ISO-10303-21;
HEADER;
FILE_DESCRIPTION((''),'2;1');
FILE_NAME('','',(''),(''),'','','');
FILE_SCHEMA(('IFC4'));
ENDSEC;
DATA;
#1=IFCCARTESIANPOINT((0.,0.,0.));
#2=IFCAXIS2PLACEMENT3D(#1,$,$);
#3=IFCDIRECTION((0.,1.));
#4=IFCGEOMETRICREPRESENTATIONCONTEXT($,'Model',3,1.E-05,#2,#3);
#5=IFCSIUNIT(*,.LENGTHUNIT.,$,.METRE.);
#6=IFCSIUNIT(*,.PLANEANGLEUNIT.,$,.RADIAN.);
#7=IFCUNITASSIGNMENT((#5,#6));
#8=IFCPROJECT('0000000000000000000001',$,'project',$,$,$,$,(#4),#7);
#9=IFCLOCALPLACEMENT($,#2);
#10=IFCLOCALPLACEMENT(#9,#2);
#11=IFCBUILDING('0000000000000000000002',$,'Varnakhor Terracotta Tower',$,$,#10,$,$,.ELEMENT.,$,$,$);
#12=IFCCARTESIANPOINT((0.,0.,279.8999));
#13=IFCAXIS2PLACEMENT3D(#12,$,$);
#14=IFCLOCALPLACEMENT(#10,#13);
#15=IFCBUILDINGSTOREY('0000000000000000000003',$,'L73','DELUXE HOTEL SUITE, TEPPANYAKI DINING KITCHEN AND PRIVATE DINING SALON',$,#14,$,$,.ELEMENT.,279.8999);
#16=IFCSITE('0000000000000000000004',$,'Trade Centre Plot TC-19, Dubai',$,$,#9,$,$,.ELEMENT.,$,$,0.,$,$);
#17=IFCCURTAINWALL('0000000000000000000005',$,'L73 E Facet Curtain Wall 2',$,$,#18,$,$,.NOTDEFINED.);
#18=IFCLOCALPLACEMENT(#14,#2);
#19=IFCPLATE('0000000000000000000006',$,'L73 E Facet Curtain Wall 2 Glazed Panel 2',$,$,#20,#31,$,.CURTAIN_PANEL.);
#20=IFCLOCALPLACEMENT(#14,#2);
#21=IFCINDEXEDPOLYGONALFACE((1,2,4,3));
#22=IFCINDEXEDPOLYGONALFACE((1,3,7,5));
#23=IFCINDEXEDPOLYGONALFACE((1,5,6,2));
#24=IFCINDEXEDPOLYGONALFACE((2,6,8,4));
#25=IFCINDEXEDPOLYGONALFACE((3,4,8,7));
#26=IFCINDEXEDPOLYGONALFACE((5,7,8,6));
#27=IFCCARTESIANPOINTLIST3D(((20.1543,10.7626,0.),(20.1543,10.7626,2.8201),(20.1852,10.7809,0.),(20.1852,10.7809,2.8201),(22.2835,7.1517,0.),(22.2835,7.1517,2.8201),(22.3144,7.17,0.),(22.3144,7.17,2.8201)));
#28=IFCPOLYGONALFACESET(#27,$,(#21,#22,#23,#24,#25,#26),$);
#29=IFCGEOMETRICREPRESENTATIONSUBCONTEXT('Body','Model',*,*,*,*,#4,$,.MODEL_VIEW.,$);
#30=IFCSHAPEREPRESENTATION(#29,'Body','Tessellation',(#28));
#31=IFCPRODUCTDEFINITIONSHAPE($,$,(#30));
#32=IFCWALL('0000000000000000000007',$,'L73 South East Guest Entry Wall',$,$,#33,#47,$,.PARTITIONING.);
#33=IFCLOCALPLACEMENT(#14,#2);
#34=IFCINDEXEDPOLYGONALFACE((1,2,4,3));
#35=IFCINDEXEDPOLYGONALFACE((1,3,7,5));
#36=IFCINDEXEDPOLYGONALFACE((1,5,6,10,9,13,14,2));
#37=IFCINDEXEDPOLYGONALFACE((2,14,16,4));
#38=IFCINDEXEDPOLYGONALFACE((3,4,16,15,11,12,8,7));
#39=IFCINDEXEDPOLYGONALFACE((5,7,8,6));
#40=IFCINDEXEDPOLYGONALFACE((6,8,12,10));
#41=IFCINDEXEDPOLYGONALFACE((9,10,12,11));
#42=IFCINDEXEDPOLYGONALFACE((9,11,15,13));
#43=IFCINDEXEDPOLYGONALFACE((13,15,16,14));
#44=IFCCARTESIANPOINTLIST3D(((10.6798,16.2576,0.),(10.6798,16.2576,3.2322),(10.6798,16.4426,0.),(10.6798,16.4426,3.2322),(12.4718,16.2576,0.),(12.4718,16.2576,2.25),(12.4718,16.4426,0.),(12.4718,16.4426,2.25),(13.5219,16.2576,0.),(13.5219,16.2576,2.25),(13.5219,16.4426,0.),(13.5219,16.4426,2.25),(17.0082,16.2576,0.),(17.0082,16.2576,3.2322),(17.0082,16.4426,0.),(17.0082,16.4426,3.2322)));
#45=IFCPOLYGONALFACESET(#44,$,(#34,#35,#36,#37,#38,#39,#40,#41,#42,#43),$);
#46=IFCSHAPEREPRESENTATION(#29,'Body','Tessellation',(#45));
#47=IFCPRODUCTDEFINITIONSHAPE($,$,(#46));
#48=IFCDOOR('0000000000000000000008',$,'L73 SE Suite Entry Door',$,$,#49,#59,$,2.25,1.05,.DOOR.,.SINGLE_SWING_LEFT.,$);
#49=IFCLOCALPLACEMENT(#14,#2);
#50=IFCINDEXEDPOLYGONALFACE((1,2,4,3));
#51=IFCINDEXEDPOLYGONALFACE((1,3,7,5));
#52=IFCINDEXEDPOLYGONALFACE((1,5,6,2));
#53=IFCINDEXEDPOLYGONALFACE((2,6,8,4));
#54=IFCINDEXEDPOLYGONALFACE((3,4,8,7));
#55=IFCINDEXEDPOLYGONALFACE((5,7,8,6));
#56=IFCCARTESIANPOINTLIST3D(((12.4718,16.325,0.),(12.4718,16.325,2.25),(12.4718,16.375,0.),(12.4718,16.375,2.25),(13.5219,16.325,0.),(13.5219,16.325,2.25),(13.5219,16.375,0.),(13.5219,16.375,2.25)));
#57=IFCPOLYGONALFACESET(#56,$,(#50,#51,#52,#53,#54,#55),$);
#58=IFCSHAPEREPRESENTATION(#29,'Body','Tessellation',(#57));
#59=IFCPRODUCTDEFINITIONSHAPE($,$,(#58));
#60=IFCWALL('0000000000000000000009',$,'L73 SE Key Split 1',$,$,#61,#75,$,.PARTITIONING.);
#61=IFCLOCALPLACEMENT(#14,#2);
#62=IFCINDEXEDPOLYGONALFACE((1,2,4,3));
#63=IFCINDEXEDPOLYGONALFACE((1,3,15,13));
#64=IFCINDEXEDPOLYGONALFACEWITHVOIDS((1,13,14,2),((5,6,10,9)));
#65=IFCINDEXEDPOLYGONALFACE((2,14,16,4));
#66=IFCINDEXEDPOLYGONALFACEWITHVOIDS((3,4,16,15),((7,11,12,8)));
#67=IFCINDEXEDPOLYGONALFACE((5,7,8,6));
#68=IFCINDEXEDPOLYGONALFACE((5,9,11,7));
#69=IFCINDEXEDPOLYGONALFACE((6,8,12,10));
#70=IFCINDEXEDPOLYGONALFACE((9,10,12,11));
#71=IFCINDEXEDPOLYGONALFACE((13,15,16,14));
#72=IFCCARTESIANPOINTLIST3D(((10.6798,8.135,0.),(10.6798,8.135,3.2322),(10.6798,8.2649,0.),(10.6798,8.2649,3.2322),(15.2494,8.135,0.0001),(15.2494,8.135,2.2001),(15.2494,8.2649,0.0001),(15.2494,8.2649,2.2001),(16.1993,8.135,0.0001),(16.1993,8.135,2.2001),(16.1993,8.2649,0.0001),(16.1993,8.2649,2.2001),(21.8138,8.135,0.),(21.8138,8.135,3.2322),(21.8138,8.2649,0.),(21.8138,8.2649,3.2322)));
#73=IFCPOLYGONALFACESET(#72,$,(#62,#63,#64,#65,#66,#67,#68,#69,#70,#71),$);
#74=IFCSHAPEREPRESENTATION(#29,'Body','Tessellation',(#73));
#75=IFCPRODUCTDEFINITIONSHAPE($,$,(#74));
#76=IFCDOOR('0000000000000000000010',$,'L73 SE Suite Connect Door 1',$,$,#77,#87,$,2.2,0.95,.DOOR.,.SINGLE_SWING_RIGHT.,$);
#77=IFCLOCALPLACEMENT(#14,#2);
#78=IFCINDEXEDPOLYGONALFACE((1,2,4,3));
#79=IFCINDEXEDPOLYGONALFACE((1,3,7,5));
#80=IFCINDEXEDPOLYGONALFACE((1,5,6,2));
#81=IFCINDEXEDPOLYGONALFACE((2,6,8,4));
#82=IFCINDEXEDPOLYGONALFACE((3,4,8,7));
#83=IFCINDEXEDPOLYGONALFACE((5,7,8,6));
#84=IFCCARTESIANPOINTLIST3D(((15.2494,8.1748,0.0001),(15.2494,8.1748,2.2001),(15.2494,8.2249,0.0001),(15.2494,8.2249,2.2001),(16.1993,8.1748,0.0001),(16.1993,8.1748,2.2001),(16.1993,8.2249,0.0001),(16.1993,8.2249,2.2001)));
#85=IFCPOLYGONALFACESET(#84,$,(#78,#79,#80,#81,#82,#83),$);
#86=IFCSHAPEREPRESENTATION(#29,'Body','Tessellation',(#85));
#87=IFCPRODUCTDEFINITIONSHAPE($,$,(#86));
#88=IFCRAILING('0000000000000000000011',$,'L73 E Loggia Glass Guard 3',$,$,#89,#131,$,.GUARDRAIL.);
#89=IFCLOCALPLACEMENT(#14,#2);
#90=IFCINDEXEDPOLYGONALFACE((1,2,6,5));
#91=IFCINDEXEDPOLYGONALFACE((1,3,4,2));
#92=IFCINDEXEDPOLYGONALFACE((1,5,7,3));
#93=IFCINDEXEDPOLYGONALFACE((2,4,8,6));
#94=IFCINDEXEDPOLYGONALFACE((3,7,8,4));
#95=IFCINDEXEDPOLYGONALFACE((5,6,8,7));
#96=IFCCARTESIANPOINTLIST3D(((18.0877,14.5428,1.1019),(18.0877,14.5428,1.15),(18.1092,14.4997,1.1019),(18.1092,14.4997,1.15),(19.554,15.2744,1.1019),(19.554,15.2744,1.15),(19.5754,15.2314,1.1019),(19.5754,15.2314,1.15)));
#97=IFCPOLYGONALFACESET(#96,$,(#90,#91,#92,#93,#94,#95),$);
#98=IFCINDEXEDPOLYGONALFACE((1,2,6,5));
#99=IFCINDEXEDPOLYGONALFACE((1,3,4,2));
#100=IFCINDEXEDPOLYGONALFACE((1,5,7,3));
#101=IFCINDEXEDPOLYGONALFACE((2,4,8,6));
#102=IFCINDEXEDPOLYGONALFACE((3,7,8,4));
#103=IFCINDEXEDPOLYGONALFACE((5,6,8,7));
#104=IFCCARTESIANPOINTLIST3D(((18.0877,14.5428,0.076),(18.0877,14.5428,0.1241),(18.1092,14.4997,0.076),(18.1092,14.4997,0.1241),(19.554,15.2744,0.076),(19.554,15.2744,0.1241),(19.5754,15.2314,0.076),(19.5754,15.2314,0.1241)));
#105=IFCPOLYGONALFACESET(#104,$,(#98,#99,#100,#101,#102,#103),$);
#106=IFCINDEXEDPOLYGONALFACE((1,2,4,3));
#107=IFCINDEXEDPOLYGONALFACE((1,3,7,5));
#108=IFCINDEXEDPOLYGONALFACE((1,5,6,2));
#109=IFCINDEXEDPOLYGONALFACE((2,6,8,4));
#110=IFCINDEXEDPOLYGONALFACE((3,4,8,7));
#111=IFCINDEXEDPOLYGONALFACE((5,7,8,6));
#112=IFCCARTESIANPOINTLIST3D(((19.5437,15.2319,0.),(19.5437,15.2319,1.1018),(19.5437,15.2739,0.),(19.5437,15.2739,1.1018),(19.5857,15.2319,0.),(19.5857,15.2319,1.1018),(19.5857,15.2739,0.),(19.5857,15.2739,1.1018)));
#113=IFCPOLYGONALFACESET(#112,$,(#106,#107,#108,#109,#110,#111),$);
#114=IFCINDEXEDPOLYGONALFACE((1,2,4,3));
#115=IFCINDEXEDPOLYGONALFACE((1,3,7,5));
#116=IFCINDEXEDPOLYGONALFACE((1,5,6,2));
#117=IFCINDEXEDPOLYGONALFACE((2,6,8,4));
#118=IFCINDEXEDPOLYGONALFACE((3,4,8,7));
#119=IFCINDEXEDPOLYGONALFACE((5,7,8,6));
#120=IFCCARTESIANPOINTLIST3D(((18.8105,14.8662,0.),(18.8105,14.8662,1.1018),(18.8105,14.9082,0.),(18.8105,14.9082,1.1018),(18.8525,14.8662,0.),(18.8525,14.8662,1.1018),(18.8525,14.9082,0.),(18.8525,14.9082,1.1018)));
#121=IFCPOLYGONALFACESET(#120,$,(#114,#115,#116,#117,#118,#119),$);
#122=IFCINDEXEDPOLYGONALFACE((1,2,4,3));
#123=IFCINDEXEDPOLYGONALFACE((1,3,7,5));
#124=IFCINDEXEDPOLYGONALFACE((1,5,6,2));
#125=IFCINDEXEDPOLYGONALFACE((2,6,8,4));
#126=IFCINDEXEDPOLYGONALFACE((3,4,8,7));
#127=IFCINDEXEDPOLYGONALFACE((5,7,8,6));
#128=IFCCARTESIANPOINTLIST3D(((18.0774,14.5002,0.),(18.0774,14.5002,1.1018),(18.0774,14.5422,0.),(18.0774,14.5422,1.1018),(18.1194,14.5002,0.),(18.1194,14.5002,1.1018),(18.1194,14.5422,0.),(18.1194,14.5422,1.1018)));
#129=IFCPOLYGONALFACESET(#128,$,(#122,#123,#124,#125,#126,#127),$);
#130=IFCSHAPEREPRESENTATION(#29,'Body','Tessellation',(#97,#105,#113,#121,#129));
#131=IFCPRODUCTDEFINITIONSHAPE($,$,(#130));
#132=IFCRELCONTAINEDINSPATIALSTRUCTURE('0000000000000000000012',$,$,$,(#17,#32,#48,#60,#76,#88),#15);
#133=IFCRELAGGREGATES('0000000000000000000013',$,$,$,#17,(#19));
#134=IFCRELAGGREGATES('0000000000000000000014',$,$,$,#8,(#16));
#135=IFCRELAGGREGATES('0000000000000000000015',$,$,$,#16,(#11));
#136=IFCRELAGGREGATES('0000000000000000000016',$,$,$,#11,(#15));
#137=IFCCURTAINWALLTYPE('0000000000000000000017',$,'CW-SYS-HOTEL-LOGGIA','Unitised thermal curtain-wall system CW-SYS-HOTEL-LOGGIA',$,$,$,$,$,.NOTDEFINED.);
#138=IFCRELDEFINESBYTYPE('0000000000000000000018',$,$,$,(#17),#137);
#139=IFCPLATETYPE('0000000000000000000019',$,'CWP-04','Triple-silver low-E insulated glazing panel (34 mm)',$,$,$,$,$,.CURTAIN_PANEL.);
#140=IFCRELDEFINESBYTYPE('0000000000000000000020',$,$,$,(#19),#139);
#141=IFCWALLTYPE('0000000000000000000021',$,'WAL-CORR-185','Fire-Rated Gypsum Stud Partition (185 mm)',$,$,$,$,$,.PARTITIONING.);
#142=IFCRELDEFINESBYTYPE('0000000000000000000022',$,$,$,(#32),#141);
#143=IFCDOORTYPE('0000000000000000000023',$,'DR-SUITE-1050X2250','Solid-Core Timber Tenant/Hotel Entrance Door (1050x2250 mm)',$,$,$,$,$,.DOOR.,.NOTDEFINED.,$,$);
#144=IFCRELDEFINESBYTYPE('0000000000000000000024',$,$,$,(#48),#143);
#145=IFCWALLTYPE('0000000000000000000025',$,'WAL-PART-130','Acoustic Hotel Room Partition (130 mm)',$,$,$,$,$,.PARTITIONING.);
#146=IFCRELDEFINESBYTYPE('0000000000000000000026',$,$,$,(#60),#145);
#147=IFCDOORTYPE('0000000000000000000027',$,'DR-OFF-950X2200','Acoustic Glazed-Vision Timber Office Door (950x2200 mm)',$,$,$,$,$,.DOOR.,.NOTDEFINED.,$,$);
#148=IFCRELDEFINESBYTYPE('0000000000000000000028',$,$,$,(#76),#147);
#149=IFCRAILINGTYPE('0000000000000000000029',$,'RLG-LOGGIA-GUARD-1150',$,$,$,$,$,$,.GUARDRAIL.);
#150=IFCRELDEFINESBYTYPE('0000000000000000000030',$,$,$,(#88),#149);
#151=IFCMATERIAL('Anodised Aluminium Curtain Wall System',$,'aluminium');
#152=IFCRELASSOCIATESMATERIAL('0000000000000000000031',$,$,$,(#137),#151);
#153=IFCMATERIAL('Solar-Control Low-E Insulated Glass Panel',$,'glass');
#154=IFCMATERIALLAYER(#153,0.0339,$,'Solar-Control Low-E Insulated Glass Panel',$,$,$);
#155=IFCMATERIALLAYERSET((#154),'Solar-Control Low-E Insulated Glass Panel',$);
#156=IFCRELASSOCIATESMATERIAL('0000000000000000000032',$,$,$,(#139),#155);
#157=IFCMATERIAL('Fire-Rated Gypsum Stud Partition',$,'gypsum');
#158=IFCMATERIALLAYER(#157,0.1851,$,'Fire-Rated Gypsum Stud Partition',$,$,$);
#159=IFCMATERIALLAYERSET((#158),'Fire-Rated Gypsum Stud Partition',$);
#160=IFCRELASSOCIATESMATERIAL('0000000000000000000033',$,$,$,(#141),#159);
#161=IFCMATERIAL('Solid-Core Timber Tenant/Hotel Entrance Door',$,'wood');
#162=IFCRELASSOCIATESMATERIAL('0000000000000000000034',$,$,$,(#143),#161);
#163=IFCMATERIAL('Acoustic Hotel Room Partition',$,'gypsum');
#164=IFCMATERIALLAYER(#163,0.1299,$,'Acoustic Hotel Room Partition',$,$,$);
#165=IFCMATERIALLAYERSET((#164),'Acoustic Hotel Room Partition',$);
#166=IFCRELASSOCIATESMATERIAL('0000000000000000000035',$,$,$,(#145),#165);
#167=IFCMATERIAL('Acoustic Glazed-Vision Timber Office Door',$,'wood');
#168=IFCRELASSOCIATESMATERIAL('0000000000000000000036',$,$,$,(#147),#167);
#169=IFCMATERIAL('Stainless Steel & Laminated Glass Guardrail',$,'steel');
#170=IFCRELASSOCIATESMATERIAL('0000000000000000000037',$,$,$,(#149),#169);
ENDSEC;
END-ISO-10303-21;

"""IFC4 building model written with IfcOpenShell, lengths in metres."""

from ifc_helpers import new_model, si_unit, direction, frame, frame_2d, origin, origin_2d, place, context, subcontext, project, spatial, rectangle, extrude, source, transform, mapped, material, layer, layer_set, type_object, type_shapes, element, fill, aggregate, save


model = new_model("IFC4")

# Units and contexts
model_context = context("Model", 3, precision=1e-05, world=origin(), true_north=direction((0.0, 1.0)))
body_context = subcontext(model_context, "Body", "Model", "MODEL_VIEW")
ifc_project = project(units=[si_unit("LENGTHUNIT", "METRE"), si_unit("PLANEANGLEUNIT", "RADIAN")], contexts=[model_context])

# Site, building, storey
site_placement = place(None, origin())
site = spatial("IfcSite", under=ifc_project, at=site_placement, Name="Trade Centre Plot TC-19, Dubai", CompositionType="ELEMENT", RefElevation=0.0)
building_placement = place(site_placement, origin())
building = spatial("IfcBuilding", under=site, at=building_placement, Name="Varnakhor Terracotta Tower", CompositionType="ELEMENT")
storey_placement = place(building_placement, frame((0.0, 0.0, 279.8999)))
storey = spatial("IfcBuildingStorey", under=building, at=storey_placement, Name="L73", Description="DELUXE HOTEL SUITE, TEPPANYAKI DINING KITCHEN AND PRIVATE DINING SALON", CompositionType="ELEMENT", Elevation=279.8999)

# Curtain wall
ifc_material_1 = material(Name="Anodised Aluminium Curtain Wall System", Category="aluminium")
curtain_wall_type = type_object("IfcCurtainWallType", Name="CW-SYS-HOTEL-LOGGIA", Description="Unitised thermal curtain-wall system CW-SYS-HOTEL-LOGGIA", PredefinedType="NOTDEFINED", material=ifc_material_1)
curtain_wall_placement = place(storey_placement, origin())
curtain_wall = element("IfcCurtainWall", 1, at=curtain_wall_placement, inside=storey, type_object=curtain_wall_type, Name="L73 E Facet Curtain Wall 2", PredefinedType="NOTDEFINED")

# Plate
ifc_material_2 = material(Name="Solar-Control Low-E Insulated Glass Panel", Category="glass")
ifc_layer_1 = layer(ifc_material_2, 0.0339, Name="Solar-Control Low-E Insulated Glass Panel")
ifc_layer_set_1 = layer_set([ifc_layer_1], Name="Solar-Control Low-E Insulated Glass Panel")
plate_type = type_object("IfcPlateType", Name="CWP-04", Description="Triple-silver low-E insulated glazing panel (34 mm)", PredefinedType="CURTAIN_PANEL", material=ifc_layer_set_1)
shared_shape_1 = source(origin(), body_context, "Body", "SweptSolid", [
    extrude(rectangle(XDim=4.1919, YDim=0.0359, at=origin_2d()), origin(), (0.0, 0.0, 1.0), 2.8201),
])
plate_1_placement = place(storey_placement, frame((21.2344, 8.9663, 0.0), z_axis=(0.0, 0.0, 1.0), x_axis=(0.507929, -0.861399, 0.0)))
plate_1 = element("IfcPlate", 2, at=plate_1_placement, type_object=plate_type, Name="L73 E Facet Curtain Wall 2 Glazed Panel 2", PredefinedType="CURTAIN_PANEL", context=body_context, shape_type="MappedRepresentation", body=[
    mapped(shared_shape_1, transform((0.0, 0.0, 0.0), scale=1.0)),
])
aggregate(curtain_wall, [plate_1])

# Walls, openings, doors
ifc_material_3 = material(Name="Fire-Rated Gypsum Stud Partition", Category="gypsum")
ifc_layer_2 = layer(ifc_material_3, 0.1851, Name="Fire-Rated Gypsum Stud Partition")
ifc_layer_set_2 = layer_set([ifc_layer_2], Name="Fire-Rated Gypsum Stud Partition")
wall_type_1 = type_object("IfcWallType", Name="WAL-CORR-185", Description="Fire-Rated Gypsum Stud Partition (185 mm)", PredefinedType="PARTITIONING", material=ifc_layer_set_2)
wall_1_placement = place(storey_placement, frame((10.6799, 16.3501, 0.0), z_axis=(0.0, 0.0, 1.0), x_axis=(1.0, 0.0, 0.0)))
wall_1 = element("IfcWall", 3, at=wall_1_placement, inside=storey, type_object=wall_type_1, Name="L73 South East Guest Entry Wall", PredefinedType="PARTITIONING", context=body_context, shape_type="SweptSolid", body=[
    extrude(rectangle(XDim=6.3284, YDim=0.1851, at=frame_2d((3.1641, 0.0))), origin(), (0.0, 0.0, 1.0), 3.2322),
])
opening_1_placement = place(wall_1_placement, frame((1.792, 0.0, 0.0)))
opening_1 = element("IfcOpeningElement", 4, at=opening_1_placement, cuts=wall_1, PredefinedType="OPENING", context=body_context, shape_type="SweptSolid", body=[
    extrude(rectangle(XDim=1.05, YDim=2.25, at=frame_2d((0.5249, 1.125))), frame((0.0, 0.1025, 0.0), z_axis=(0.0, -1.0, 0.0), x_axis=(1.0, 0.0, 0.0)), (0.0, 0.0, 1.0), 0.2051),
])
ifc_material_4 = material(Name="Solid-Core Timber Tenant/Hotel Entrance Door", Category="wood")
door_type_1 = type_object("IfcDoorType", Name="DR-SUITE-1050X2250", Description="Solid-Core Timber Tenant/Hotel Entrance Door (1050x2250 mm)", OperationType="NOTDEFINED", PredefinedType="DOOR", material=ifc_material_4)
shared_shape_2 = source(origin(), body_context, "Body", "SweptSolid", [
    extrude(rectangle(XDim=1.05, YDim=2.25, at=frame_2d((0.5249, 1.125))), frame((0.0, 0.0249, 0.0), z_axis=(0.0, -1.0, 0.0), x_axis=(1.0, 0.0, 0.0)), (0.0, 0.0, 1.0), 0.05),
])
type_shapes(door_type_1, [shared_shape_2])
door_1_placement = place(opening_1_placement, origin())
door_1 = element("IfcDoor", 5, at=door_1_placement, inside=storey, type_object=door_type_1, Name="L73 SE Suite Entry Door", OperationType="SINGLE_SWING_LEFT", OverallHeight=2.25, OverallWidth=1.05, PredefinedType="DOOR", context=body_context, shape_type="MappedRepresentation", body=[
    mapped(shared_shape_2, transform((0.0, 0.0, 0.0), scale=1.0)),
])
fill(opening_1, door_1)
ifc_material_5 = material(Name="Acoustic Hotel Room Partition", Category="gypsum")
ifc_layer_3 = layer(ifc_material_5, 0.1299, Name="Acoustic Hotel Room Partition")
ifc_layer_set_3 = layer_set([ifc_layer_3], Name="Acoustic Hotel Room Partition")
wall_type_2 = type_object("IfcWallType", Name="WAL-PART-130", Description="Acoustic Hotel Room Partition (130 mm)", PredefinedType="PARTITIONING", material=ifc_layer_set_3)
wall_2_placement = place(storey_placement, frame((10.6799, 8.2, 0.0), z_axis=(0.0, 0.0, 1.0), x_axis=(1.0, 0.0, 0.0)))
wall_2 = element("IfcWall", 6, at=wall_2_placement, inside=storey, type_object=wall_type_2, Name="L73 SE Key Split 1", PredefinedType="PARTITIONING", context=body_context, shape_type="SweptSolid", body=[
    extrude(rectangle(XDim=11.134, YDim=0.1299, at=frame_2d((5.5669, 0.0))), origin(), (0.0, 0.0, 1.0), 3.2322),
])
opening_2_placement = place(wall_2_placement, frame((4.5693, 0.0, 0.0)))
opening_2 = element("IfcOpeningElement", 7, at=opening_2_placement, cuts=wall_2, PredefinedType="OPENING", context=body_context, shape_type="SweptSolid", body=[
    extrude(rectangle(XDim=0.95, YDim=2.2, at=frame_2d((0.4751, 1.1001))), frame((0.0, 0.075, 0.0), z_axis=(0.0, -1.0, 0.0), x_axis=(1.0, 0.0, 0.0)), (0.0, 0.0, 1.0), 0.1499),
])
ifc_material_6 = material(Name="Acoustic Glazed-Vision Timber Office Door", Category="wood")
door_type_2 = type_object("IfcDoorType", Name="DR-OFF-950X2200", Description="Acoustic Glazed-Vision Timber Office Door (950x2200 mm)", OperationType="NOTDEFINED", PredefinedType="DOOR", material=ifc_material_6)
shared_shape_3 = source(origin(), body_context, "Body", "SweptSolid", [
    extrude(rectangle(XDim=0.95, YDim=2.2, at=frame_2d((0.4751, 1.1001))), frame((0.0, 0.0249, 0.0), z_axis=(0.0, -1.0, 0.0), x_axis=(1.0, 0.0, 0.0)), (0.0, 0.0, 1.0), 0.05),
])
type_shapes(door_type_2, [shared_shape_3])
door_2_placement = place(opening_2_placement, origin())
door_2 = element("IfcDoor", 8, at=door_2_placement, inside=storey, type_object=door_type_2, Name="L73 SE Suite Connect Door 1", OperationType="SINGLE_SWING_RIGHT", OverallHeight=2.2, OverallWidth=0.95, PredefinedType="DOOR", context=body_context, shape_type="MappedRepresentation", body=[
    mapped(shared_shape_3, transform((0.0, 0.0, 0.0), scale=1.0)),
])
fill(opening_2, door_2)

# Railing
ifc_material_7 = material(Name="Stainless Steel & Laminated Glass Guardrail", Category="steel")
railing_type = type_object("IfcRailingType", Name="RLG-LOGGIA-GUARD-1150", PredefinedType="GUARDRAIL", material=ifc_material_7)
railing_placement = place(storey_placement, frame((19.5647, 15.2529, 0.0)))
element("IfcRailing", 9, at=railing_placement, inside=storey, type_object=railing_type, Name="L73 E Loggia Glass Guard 3", PredefinedType="GUARDRAIL", context=body_context, shape_type="SweptSolid", body=[
    extrude(rectangle(XDim=0.0481, YDim=0.0481, at=origin_2d()), frame((0.0, 0.0, 1.126), z_axis=(-0.894784, -0.446498, 0.0), x_axis=(0.446498, -0.894784, 0.0)), (0.0, 0.0, 1.0), 1.6387),
    extrude(rectangle(XDim=0.0481, YDim=0.0481, at=origin_2d()), frame((0.0, 0.0, 0.1001), z_axis=(-0.894784, -0.446498, 0.0), x_axis=(0.446498, -0.894784, 0.0)), (0.0, 0.0, 1.0), 1.6387),
    extrude(rectangle(XDim=0.042, YDim=0.042, at=origin_2d()), origin(), (0.0, 0.0, 1.0), 1.1018),
    extrude(rectangle(XDim=0.042, YDim=0.042, at=origin_2d()), frame((-0.7332, -0.3657, 0.0)), (0.0, 0.0, 1.0), 1.1018),
    extrude(rectangle(XDim=0.042, YDim=0.042, at=origin_2d()), frame((-1.4663, -0.7317, 0.0)), (0.0, 0.0, 1.0), 1.1018),
])

save(model, "model.ifc")
